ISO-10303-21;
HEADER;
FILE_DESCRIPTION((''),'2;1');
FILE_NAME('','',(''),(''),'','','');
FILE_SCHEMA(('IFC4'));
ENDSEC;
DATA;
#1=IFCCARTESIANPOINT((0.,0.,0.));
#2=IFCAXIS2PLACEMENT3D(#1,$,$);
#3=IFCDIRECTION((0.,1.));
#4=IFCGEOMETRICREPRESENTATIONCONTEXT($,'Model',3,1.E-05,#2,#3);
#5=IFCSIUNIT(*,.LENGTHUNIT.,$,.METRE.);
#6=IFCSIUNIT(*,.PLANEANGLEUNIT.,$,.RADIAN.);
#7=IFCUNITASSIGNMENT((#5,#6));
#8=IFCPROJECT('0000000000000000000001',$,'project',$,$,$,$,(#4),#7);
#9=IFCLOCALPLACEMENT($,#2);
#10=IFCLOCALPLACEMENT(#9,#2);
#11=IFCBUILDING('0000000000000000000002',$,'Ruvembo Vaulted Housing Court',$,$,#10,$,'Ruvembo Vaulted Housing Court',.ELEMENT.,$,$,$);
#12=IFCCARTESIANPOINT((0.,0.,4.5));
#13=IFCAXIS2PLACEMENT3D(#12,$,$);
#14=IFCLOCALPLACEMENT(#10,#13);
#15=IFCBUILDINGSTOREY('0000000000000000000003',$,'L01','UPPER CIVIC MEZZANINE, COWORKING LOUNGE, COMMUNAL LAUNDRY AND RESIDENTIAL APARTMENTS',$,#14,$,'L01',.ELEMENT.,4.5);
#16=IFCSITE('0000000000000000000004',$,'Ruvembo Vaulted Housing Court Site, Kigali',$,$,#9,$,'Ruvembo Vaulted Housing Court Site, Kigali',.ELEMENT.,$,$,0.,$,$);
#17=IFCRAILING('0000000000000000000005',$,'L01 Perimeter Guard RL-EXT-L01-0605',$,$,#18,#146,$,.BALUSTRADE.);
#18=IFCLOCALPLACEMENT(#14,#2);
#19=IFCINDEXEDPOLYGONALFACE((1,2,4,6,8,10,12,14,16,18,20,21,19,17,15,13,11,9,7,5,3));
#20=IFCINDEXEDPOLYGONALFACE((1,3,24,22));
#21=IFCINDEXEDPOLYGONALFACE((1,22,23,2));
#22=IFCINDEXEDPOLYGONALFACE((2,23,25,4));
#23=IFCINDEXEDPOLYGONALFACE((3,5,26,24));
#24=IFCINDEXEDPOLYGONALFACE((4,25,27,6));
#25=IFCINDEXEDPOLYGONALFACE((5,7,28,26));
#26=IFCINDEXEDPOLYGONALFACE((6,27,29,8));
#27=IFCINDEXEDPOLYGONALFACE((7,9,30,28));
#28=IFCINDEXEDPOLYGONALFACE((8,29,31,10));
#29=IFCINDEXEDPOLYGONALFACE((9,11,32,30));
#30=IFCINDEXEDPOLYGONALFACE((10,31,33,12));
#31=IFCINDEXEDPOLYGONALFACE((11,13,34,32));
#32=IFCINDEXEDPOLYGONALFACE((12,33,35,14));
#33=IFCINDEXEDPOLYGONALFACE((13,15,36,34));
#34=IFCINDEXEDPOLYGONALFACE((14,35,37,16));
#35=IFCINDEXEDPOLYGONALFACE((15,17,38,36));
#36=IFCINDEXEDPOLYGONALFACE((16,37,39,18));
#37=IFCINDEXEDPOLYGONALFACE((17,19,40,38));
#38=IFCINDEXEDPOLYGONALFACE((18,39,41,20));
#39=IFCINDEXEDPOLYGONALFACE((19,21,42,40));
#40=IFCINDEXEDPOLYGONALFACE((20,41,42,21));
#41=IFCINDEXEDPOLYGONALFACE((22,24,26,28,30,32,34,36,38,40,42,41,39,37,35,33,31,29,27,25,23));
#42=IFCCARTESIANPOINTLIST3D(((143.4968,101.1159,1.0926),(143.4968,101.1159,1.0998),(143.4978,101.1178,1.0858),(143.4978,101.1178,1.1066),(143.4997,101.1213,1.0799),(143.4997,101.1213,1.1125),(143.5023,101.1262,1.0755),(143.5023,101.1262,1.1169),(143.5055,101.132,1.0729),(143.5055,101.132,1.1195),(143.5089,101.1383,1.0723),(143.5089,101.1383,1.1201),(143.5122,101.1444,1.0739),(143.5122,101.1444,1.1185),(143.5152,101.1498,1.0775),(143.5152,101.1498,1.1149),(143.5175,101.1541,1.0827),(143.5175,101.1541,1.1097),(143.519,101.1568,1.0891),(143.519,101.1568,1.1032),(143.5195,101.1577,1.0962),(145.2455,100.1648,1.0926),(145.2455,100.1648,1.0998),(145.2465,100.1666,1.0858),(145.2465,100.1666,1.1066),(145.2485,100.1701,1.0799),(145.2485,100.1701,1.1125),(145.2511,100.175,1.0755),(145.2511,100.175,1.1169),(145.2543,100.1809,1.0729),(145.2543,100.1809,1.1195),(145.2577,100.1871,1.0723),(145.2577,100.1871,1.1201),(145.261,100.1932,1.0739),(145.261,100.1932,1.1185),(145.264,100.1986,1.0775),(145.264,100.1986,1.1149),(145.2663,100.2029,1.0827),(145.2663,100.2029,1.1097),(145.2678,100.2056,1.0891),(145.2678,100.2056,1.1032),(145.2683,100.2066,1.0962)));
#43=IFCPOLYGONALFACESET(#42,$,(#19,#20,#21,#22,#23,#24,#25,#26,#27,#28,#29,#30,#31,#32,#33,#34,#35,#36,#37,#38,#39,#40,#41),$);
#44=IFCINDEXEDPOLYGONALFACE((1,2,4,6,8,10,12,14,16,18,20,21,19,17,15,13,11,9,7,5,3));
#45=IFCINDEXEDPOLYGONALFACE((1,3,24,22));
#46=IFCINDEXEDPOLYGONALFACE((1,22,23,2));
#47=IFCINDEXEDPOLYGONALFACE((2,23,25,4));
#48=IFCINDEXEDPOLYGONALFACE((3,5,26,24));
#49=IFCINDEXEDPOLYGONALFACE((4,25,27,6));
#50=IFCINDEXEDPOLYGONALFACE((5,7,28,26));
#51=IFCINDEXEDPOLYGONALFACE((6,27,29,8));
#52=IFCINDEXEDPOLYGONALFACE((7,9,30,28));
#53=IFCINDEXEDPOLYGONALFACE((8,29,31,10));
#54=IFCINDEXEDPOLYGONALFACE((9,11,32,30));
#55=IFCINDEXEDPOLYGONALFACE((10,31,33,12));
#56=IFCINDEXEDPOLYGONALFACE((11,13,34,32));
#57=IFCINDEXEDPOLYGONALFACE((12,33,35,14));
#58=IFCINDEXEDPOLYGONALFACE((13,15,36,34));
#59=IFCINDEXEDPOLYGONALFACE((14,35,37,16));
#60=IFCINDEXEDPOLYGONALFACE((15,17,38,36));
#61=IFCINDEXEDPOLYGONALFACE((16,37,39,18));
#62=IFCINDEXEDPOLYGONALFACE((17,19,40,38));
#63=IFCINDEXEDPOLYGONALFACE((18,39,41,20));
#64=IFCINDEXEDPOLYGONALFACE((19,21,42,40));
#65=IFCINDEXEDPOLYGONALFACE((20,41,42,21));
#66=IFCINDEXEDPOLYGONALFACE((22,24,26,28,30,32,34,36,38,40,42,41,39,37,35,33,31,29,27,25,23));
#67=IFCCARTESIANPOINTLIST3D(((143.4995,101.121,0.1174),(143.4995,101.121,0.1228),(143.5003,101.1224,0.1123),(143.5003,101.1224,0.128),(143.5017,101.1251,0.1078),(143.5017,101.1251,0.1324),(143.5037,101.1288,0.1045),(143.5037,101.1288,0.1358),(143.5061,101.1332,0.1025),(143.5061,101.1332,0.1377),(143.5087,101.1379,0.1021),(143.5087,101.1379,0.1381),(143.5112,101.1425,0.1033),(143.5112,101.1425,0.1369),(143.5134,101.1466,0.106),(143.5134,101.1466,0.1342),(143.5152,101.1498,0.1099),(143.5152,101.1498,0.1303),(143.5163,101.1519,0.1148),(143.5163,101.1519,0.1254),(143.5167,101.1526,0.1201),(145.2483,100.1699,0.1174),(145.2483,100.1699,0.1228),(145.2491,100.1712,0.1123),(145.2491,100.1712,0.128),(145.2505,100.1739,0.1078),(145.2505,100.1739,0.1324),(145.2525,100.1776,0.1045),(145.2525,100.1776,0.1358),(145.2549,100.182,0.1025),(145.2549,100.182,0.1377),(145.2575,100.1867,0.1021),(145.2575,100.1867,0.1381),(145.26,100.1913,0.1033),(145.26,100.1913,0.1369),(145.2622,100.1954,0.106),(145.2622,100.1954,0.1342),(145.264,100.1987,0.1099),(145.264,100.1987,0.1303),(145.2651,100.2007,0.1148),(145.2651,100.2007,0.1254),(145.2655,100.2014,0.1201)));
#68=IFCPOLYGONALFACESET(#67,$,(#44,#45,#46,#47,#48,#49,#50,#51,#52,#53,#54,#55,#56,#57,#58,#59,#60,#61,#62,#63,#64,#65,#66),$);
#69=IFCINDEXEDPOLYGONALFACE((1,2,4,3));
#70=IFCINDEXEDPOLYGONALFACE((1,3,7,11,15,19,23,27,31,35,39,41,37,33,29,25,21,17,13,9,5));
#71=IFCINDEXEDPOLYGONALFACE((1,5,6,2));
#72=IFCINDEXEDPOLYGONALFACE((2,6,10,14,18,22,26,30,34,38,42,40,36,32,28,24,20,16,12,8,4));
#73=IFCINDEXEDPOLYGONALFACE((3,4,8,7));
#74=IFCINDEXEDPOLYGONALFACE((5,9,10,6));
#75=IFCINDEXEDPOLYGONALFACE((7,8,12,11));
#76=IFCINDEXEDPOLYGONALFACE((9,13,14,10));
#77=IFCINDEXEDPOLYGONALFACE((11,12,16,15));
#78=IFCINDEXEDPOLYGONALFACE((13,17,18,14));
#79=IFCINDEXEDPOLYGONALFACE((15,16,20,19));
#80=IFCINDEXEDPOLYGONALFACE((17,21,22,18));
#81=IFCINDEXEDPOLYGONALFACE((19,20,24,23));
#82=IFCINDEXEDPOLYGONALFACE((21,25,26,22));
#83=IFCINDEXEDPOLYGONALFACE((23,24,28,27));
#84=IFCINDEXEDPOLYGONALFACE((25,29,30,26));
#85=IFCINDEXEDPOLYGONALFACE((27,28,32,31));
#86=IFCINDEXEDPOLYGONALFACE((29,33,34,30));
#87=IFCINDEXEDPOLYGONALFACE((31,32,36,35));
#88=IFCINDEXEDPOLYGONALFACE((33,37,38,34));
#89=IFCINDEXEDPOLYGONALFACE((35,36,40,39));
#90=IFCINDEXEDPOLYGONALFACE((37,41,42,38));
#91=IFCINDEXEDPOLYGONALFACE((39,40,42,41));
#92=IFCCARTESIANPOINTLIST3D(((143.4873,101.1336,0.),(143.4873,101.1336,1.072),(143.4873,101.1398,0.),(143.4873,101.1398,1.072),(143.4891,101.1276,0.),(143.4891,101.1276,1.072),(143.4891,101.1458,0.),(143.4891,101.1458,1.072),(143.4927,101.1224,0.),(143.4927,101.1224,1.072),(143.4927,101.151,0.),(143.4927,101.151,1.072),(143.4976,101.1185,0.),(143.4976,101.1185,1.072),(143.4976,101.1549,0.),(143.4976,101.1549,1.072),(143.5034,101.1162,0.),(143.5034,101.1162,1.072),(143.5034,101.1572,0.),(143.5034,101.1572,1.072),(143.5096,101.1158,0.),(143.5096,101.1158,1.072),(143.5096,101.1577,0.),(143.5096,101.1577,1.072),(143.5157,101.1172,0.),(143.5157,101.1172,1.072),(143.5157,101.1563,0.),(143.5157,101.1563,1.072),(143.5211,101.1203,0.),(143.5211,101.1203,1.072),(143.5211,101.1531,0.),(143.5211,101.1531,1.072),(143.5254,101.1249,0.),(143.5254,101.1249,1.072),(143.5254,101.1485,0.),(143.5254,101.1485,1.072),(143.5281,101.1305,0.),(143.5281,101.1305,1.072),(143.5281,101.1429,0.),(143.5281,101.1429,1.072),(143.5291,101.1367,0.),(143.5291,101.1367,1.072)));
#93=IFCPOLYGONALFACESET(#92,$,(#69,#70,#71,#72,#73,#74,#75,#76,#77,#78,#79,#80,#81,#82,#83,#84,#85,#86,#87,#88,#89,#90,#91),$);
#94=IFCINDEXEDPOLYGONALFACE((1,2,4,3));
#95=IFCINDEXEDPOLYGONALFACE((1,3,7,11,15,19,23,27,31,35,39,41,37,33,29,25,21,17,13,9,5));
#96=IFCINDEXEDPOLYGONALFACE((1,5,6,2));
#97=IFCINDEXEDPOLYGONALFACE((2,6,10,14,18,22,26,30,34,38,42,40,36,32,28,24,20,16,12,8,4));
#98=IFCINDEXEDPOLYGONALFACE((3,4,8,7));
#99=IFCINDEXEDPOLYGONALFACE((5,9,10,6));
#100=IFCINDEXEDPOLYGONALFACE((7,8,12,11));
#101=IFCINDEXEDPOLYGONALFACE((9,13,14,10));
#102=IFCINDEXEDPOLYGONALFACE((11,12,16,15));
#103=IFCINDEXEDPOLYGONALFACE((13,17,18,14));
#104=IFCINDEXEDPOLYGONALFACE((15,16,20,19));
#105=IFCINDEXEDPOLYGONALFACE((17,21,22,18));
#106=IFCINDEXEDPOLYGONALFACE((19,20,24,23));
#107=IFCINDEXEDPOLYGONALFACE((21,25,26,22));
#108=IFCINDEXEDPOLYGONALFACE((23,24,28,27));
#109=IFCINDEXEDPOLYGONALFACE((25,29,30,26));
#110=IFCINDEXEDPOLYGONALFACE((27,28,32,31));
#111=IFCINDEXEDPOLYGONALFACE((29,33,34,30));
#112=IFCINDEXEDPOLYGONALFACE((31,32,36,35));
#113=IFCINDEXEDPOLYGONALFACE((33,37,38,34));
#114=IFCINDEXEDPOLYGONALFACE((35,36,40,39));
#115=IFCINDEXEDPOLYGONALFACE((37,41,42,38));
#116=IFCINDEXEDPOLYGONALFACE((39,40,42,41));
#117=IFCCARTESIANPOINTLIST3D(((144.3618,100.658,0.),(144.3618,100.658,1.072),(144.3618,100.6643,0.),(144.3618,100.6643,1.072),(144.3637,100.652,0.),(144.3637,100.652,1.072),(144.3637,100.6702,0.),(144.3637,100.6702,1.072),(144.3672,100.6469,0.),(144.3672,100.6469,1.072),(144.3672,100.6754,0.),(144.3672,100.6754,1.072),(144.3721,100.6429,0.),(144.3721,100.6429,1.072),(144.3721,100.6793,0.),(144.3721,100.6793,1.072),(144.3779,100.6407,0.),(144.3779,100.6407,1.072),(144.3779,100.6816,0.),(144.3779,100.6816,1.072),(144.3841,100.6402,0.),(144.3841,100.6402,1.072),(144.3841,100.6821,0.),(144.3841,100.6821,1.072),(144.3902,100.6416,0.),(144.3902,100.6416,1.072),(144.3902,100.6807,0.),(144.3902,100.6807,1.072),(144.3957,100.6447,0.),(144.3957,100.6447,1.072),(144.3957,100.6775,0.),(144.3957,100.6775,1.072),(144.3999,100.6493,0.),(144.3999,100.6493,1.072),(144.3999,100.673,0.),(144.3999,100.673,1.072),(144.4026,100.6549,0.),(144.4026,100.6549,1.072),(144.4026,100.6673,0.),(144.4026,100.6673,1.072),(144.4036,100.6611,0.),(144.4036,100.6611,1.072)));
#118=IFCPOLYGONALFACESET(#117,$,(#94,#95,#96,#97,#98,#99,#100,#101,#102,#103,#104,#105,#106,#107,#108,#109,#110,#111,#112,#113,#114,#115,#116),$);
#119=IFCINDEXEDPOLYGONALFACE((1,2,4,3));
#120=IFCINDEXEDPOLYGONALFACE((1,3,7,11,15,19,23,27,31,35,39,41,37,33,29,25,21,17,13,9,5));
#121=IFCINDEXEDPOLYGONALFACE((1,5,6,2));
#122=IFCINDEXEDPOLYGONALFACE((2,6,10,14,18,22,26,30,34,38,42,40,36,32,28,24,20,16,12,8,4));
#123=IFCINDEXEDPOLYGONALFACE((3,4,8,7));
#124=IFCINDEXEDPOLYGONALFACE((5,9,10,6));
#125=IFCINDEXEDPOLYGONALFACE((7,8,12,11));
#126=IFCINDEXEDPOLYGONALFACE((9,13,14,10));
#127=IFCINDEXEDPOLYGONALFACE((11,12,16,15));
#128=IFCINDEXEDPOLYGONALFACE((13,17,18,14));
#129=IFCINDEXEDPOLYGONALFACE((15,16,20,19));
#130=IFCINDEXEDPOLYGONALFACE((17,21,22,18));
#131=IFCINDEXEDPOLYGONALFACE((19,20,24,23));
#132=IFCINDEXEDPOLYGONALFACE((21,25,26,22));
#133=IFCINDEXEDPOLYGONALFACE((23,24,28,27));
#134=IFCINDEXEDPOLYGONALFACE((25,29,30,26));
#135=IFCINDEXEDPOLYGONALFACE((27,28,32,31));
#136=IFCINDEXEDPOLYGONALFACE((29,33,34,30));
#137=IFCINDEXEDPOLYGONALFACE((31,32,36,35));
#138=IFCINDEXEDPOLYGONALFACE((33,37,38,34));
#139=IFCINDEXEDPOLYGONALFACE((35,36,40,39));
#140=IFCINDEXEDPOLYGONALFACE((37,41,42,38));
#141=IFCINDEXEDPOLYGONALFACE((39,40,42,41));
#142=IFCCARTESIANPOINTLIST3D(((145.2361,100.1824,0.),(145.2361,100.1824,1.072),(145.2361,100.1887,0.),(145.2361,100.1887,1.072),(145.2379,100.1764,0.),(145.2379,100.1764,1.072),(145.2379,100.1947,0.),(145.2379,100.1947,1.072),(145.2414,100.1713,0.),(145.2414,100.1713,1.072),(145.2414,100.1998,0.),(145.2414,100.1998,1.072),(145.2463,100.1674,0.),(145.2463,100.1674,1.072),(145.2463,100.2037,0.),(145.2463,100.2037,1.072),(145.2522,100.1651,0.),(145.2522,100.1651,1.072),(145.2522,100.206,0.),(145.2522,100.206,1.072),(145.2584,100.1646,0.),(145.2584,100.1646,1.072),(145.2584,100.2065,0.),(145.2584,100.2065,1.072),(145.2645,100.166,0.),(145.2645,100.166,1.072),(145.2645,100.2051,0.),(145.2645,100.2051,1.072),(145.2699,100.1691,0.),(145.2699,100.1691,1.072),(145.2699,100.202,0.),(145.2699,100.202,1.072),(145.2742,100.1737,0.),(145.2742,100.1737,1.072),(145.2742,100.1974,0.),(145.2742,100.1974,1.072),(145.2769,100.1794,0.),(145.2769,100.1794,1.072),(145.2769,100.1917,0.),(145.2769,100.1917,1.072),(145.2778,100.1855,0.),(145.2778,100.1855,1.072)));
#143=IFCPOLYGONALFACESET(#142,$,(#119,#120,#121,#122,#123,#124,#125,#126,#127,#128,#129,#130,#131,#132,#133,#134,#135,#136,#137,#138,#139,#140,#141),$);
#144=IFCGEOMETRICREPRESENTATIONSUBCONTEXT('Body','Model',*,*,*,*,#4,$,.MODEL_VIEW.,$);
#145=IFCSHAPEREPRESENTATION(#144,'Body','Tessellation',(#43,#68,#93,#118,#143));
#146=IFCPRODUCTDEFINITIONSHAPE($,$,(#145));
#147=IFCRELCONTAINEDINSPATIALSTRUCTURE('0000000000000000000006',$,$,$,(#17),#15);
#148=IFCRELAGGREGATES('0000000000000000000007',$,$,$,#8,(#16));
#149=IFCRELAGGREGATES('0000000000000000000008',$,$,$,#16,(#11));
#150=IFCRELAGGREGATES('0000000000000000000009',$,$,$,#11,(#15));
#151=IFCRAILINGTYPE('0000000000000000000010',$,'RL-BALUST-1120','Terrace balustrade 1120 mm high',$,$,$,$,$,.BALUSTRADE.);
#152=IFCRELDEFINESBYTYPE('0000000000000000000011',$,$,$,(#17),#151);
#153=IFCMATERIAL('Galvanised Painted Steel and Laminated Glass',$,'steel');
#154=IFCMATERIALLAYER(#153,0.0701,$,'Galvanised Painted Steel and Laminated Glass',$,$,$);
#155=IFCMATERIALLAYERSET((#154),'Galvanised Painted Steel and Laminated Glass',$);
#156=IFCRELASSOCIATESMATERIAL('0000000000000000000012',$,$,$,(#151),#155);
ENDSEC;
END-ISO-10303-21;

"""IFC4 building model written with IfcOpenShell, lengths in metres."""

from ifc_helpers import new_model, si_unit, direction, frame, origin, origin_2d, place, context, subcontext, project, spatial, circle, extrude, material, layer, layer_set, type_object, element, save


model = new_model("IFC4")

# Units and contexts
model_context = context("Model", 3, precision=1e-05, world=origin(), true_north=direction((0.0, 1.0)))
body_context = subcontext(model_context, "Body", "Model", "MODEL_VIEW")
ifc_project = project(units=[si_unit("LENGTHUNIT", "METRE"), si_unit("PLANEANGLEUNIT", "RADIAN")], contexts=[model_context])

# Site, building, storey
site_placement = place(None, origin())
site = spatial("IfcSite", under=ifc_project, at=site_placement, Name="Ruvembo Vaulted Housing Court Site, Kigali", LongName="Ruvembo Vaulted Housing Court Site, Kigali", CompositionType="ELEMENT", RefElevation=0.0)
building_placement = place(site_placement, origin())
building = spatial("IfcBuilding", under=site, at=building_placement, Name="Ruvembo Vaulted Housing Court", LongName="Ruvembo Vaulted Housing Court", CompositionType="ELEMENT")
storey_placement = place(building_placement, frame((0.0, 0.0, 4.5)))
storey = spatial("IfcBuildingStorey", under=building, at=storey_placement, Name="L01", Description="UPPER CIVIC MEZZANINE, COWORKING LOUNGE, COMMUNAL LAUNDRY AND RESIDENTIAL APARTMENTS", LongName="L01", CompositionType="ELEMENT", Elevation=4.5)

# Railing
ifc_material_1 = material(Name="Galvanised Painted Steel and Laminated Glass", Category="steel")
ifc_layer_1 = layer(ifc_material_1, 0.0701, Name="Galvanised Painted Steel and Laminated Glass")
ifc_layer_set_1 = layer_set([ifc_layer_1], Name="Galvanised Painted Steel and Laminated Glass")
railing_type = type_object("IfcRailingType", Name="RL-BALUST-1120", Description="Terrace balustrade 1120 mm high", PredefinedType="BALUSTRADE", material=ifc_layer_set_1)
railing_1_placement = place(storey_placement, frame((143.5081, 101.1367, 0.0)))
element("IfcRailing", 1, at=railing_1_placement, inside=storey, type_object=railing_type, Name="L01 Perimeter Guard RL-EXT-L01-0605", PredefinedType="BALUSTRADE", context=body_context, shape_type="SweptSolid", body=[
    extrude(circle(Radius=0.0239, at=origin_2d()), frame((0.0, 0.0, 1.0962), z_axis=(0.878467, -0.477803, 0.0), x_axis=(0.477803, 0.878467, 0.0)), (0.0, 0.0, 1.0), 1.9907),
    extrude(circle(Radius=0.0181, at=origin_2d()), frame((0.0, 0.0, 0.1201), z_axis=(0.878467, -0.477803, 0.0), x_axis=(0.477803, 0.878467, 0.0)), (0.0, 0.0, 1.0), 1.9907),
    extrude(circle(Radius=0.021, at=origin_2d()), origin(), (0.0, 0.0, 1.0), 1.072),
    extrude(circle(Radius=0.021, at=origin_2d()), frame((0.8745, -0.4756, 0.0)), (0.0, 0.0, 1.0), 1.072),
    extrude(circle(Radius=0.021, at=origin_2d()), frame((1.7488, -0.9512, 0.0)), (0.0, 0.0, 1.0), 1.072),
])

save(model, "model.ifc")
